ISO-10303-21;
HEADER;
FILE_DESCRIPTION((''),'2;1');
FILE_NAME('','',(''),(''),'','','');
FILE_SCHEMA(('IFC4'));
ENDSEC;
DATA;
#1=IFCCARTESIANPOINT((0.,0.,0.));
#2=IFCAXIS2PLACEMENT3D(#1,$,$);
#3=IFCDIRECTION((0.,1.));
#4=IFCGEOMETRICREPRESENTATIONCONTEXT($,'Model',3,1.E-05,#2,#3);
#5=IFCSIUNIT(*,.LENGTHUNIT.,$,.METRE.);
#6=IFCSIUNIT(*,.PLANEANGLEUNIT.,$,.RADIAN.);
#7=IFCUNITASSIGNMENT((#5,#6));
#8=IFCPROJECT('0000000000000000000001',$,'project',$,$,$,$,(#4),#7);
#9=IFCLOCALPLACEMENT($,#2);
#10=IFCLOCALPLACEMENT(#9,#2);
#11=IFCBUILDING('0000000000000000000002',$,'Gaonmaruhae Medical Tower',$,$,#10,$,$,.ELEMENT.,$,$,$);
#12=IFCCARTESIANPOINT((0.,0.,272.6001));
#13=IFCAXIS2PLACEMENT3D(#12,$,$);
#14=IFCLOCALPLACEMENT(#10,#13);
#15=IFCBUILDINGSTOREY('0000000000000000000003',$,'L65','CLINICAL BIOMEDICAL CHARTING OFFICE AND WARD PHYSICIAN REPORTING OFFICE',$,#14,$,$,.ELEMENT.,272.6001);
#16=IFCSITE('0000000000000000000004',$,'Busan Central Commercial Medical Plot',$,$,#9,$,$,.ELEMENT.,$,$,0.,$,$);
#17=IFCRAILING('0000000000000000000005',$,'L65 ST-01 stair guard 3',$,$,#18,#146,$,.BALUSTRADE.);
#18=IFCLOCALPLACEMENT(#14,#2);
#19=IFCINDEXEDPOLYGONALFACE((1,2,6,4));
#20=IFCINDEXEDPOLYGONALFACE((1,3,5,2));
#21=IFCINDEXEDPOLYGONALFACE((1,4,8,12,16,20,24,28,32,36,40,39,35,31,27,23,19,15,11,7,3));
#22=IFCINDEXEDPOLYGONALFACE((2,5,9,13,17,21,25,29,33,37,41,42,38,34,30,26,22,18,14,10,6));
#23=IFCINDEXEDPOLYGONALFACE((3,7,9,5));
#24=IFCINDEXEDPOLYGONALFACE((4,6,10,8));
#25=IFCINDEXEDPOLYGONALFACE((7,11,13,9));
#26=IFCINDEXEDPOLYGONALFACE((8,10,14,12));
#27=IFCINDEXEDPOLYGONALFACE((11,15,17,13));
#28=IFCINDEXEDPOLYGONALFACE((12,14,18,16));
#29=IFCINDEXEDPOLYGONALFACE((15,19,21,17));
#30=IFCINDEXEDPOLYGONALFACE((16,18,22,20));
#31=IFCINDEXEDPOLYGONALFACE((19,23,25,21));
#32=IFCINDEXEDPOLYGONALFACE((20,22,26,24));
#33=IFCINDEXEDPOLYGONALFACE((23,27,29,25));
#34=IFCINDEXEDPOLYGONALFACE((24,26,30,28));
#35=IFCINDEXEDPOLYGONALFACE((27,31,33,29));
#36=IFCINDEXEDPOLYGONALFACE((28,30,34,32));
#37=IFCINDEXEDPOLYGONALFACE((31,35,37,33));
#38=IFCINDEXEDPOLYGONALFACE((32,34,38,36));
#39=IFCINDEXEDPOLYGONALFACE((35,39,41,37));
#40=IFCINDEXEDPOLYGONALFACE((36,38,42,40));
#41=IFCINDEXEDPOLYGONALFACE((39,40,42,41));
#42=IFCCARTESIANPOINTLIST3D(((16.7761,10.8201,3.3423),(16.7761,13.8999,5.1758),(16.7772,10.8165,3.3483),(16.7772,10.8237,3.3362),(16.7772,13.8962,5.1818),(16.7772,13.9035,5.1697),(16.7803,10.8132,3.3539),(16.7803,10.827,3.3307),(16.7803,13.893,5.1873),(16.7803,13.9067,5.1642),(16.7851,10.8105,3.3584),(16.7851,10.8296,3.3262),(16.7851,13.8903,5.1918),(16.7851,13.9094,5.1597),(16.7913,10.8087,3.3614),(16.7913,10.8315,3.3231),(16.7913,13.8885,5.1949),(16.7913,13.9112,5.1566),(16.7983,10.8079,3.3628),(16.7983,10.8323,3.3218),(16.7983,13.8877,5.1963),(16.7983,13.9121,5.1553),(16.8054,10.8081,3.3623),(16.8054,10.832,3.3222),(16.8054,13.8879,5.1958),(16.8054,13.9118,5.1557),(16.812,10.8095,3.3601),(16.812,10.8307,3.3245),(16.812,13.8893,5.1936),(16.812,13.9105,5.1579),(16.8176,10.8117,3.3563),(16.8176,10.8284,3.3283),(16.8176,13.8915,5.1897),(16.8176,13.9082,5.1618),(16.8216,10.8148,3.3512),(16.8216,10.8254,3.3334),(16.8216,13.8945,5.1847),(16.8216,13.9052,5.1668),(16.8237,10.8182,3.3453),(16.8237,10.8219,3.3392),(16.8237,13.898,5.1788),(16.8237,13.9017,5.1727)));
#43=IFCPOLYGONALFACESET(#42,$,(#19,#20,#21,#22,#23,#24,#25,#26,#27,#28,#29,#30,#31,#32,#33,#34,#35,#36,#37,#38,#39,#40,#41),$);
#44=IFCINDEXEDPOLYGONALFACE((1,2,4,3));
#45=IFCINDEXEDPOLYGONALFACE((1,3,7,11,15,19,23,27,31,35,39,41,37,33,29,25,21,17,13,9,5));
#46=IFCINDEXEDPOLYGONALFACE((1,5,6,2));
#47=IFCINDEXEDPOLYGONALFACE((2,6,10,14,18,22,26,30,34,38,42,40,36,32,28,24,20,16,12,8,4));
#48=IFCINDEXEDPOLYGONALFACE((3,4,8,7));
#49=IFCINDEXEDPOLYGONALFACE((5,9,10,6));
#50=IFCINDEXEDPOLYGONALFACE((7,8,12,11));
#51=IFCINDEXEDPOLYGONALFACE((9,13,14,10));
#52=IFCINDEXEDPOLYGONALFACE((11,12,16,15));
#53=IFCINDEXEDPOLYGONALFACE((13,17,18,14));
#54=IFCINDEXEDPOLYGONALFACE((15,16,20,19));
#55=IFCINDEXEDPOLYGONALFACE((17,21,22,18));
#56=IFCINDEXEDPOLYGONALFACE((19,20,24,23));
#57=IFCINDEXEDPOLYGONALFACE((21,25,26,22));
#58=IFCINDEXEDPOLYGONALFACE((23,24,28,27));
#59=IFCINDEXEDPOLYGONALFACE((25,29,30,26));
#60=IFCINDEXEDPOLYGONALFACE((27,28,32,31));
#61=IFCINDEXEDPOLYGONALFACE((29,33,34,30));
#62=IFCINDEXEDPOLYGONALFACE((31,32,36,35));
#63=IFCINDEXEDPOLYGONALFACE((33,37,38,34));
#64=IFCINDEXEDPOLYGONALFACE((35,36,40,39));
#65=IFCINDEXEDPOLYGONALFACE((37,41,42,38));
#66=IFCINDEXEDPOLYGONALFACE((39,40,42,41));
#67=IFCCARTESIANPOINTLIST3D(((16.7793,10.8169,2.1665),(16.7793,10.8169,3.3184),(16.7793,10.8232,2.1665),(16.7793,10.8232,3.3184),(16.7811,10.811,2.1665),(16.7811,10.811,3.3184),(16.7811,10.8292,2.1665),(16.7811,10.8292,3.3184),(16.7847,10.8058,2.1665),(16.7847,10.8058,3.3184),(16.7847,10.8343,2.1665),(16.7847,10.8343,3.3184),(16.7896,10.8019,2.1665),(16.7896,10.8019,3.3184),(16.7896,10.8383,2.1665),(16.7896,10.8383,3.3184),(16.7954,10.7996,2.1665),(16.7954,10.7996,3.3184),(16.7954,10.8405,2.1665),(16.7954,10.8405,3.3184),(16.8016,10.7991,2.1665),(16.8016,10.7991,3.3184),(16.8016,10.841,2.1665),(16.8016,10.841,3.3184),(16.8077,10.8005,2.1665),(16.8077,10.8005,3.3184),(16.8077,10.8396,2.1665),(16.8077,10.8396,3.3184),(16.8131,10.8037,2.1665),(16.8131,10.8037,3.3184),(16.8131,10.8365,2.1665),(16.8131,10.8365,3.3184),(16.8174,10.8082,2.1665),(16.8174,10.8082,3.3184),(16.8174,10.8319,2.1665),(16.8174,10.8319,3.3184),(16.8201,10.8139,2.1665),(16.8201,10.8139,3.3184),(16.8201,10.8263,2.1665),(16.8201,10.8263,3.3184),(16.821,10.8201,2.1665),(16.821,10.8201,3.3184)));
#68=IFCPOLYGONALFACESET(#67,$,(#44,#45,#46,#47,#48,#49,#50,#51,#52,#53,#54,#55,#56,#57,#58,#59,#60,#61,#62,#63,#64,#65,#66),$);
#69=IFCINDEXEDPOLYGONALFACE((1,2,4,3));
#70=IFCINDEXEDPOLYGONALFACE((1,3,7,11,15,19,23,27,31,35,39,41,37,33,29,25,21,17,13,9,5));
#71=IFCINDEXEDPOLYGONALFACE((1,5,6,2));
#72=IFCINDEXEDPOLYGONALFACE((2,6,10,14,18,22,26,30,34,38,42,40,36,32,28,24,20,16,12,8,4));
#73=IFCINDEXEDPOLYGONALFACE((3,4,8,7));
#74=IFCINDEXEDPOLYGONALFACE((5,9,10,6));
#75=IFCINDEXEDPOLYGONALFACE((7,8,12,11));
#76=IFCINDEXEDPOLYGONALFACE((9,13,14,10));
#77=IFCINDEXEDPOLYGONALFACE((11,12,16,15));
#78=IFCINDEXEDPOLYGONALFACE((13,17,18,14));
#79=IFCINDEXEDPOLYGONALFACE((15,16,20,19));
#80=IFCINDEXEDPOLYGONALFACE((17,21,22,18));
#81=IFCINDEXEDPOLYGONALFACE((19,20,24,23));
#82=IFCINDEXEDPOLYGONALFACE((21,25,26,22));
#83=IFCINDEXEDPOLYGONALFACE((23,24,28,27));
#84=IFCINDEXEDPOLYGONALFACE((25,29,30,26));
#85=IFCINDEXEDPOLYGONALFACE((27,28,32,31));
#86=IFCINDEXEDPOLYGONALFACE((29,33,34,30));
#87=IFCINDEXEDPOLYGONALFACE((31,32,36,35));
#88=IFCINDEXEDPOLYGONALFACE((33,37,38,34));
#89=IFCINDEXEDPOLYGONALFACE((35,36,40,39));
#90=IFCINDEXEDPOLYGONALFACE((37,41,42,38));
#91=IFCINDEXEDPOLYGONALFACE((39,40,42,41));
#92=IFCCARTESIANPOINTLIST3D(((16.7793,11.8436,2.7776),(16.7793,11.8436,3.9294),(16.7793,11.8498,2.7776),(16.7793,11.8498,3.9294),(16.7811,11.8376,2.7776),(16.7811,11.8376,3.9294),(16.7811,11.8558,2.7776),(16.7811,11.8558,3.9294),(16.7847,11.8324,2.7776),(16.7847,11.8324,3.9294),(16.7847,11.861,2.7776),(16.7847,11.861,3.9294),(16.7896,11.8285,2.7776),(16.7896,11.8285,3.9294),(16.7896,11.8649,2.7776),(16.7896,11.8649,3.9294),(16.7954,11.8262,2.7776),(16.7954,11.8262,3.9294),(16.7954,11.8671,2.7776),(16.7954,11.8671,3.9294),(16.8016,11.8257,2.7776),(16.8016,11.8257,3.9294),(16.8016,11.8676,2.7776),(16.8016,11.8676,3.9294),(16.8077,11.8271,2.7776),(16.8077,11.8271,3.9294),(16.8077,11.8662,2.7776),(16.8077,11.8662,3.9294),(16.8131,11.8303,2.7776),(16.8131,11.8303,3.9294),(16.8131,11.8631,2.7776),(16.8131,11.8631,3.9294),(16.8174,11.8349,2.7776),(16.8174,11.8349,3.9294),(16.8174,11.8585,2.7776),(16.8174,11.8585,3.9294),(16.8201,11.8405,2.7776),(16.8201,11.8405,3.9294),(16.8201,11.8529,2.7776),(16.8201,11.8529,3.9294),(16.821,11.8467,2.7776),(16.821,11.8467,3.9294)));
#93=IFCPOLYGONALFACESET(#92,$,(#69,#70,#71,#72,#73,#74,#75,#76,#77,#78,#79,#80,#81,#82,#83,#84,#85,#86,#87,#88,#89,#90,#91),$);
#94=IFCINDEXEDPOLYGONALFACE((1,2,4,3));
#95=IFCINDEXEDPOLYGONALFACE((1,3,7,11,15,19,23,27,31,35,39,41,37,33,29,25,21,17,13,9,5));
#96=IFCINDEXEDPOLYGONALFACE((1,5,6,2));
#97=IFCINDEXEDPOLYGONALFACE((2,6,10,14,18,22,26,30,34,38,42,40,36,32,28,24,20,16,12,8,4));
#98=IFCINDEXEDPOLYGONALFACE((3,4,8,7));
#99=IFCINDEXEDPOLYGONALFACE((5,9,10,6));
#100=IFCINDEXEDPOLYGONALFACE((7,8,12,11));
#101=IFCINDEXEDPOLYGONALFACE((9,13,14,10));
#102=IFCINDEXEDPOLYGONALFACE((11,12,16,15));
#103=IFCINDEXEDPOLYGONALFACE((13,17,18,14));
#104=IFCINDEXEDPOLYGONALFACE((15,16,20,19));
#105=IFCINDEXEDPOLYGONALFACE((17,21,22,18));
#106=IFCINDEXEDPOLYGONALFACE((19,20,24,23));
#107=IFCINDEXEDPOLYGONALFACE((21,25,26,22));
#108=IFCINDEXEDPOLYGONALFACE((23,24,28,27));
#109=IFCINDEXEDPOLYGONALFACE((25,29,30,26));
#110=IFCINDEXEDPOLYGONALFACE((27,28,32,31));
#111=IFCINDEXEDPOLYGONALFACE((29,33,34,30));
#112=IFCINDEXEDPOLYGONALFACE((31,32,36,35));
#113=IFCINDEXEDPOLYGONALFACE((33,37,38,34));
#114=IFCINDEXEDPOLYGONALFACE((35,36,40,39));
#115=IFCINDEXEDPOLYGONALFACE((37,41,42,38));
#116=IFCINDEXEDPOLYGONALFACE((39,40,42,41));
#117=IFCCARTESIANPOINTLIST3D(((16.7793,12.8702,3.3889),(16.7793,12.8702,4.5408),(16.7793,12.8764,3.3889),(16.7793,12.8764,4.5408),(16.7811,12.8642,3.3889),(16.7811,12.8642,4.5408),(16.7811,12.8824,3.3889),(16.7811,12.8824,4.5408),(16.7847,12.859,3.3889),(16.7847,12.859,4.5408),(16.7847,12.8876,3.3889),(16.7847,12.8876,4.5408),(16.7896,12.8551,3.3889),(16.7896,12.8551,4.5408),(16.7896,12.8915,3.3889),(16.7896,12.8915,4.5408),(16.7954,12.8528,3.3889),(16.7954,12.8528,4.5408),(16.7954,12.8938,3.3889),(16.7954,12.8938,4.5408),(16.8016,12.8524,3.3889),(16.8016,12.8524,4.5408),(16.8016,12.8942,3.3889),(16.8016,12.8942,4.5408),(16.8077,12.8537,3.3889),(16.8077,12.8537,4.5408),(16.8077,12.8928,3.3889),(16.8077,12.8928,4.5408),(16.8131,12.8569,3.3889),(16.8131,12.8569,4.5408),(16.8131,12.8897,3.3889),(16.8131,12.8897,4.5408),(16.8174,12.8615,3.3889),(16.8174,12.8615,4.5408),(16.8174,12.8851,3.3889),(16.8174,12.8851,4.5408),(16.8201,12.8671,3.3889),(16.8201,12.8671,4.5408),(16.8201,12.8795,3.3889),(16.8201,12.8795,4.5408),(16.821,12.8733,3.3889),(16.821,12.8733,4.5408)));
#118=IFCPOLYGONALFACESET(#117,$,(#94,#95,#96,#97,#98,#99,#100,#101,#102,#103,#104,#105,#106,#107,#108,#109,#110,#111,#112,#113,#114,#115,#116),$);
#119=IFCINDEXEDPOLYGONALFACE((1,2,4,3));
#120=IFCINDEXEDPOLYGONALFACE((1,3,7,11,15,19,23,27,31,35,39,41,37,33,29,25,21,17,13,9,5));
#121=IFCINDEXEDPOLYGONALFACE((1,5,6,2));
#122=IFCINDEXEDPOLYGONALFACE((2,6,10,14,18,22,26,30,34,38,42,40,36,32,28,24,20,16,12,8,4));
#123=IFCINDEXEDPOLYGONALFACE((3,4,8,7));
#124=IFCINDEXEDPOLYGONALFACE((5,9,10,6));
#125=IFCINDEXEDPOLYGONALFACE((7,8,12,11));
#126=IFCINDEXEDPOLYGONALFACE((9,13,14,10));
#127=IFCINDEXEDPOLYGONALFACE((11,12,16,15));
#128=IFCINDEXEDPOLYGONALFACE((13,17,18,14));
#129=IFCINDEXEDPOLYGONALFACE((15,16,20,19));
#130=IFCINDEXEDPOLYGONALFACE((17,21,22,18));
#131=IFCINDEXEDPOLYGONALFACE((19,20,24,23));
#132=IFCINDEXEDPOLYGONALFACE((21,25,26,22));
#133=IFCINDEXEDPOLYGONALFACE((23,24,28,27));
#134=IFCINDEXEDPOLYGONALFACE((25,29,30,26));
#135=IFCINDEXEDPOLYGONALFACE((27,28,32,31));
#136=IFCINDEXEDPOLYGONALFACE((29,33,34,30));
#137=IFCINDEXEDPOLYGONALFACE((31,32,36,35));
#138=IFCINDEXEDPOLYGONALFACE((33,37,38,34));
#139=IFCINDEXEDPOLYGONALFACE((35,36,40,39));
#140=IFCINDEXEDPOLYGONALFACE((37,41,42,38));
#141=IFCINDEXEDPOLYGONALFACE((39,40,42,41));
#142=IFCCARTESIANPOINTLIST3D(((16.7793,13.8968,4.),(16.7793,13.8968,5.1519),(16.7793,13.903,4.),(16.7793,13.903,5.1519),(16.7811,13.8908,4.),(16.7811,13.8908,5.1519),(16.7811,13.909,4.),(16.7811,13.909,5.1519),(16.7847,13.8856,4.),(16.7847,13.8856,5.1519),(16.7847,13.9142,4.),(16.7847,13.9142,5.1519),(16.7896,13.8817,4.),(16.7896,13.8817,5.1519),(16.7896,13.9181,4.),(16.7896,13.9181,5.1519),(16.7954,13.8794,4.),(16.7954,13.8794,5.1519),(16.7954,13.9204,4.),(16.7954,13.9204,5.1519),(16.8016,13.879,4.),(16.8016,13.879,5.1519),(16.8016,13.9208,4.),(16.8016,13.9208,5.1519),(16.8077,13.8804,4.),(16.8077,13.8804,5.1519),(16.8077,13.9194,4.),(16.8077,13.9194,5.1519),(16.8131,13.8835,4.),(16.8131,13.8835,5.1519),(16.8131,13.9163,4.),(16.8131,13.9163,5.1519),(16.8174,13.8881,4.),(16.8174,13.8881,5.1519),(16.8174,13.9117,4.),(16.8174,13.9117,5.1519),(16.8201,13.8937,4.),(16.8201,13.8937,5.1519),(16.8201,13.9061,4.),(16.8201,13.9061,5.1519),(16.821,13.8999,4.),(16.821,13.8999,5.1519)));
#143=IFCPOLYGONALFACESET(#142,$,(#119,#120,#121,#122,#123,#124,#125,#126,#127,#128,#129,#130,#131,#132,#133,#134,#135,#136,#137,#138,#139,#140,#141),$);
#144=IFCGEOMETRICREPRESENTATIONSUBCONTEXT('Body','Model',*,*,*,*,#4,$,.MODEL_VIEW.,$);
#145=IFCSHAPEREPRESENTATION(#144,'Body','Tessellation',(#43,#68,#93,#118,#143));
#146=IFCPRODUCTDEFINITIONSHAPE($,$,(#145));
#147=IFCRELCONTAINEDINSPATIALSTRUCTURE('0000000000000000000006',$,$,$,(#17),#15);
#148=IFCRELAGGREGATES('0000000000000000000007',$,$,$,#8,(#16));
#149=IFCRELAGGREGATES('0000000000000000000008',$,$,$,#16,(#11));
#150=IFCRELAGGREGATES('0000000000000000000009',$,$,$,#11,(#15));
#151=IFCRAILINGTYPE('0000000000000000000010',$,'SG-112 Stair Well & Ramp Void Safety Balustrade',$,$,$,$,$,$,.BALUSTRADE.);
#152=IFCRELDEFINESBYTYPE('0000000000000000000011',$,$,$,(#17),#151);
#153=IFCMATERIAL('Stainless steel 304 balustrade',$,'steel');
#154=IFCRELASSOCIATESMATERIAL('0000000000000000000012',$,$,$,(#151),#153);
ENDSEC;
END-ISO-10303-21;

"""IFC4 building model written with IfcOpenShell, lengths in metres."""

from ifc_helpers import new_model, si_unit, direction, frame, origin, origin_2d, place, context, subcontext, project, spatial, circle, extrude, material, type_object, element, save


model = new_model("IFC4")

# Units and contexts
model_context = context("Model", 3, precision=1e-05, world=origin(), true_north=direction((0.0, 1.0)))
body_context = subcontext(model_context, "Body", "Model", "MODEL_VIEW")
ifc_project = project(units=[si_unit("LENGTHUNIT", "METRE"), si_unit("PLANEANGLEUNIT", "RADIAN")], contexts=[model_context])

# Site, building, storey
site_placement = place(None, origin())
site = spatial("IfcSite", under=ifc_project, at=site_placement, Name="Busan Central Commercial Medical Plot", CompositionType="ELEMENT", RefElevation=0.0)
building_placement = place(site_placement, origin())
building = spatial("IfcBuilding", under=site, at=building_placement, Name="Gaonmaruhae Medical Tower", CompositionType="ELEMENT")
storey_placement = place(building_placement, frame((0.0, 0.0, 272.6001)))
storey = spatial("IfcBuildingStorey", under=building, at=storey_placement, Name="L65", Description="CLINICAL BIOMEDICAL CHARTING OFFICE AND WARD PHYSICIAN REPORTING OFFICE", CompositionType="ELEMENT", Elevation=272.6001)

# Railing
ifc_material_1 = material(Name="Stainless steel 304 balustrade", Category="steel")
railing_type_1 = type_object("IfcRailingType", Name="SG-112 Stair Well & Ramp Void Safety Balustrade", PredefinedType="BALUSTRADE", material=ifc_material_1)
railing_1_placement = place(storey_placement, frame((16.8, 10.8201, 2.1665)))
element("IfcRailing", 1, at=railing_1_placement, inside=storey, type_object=railing_type_1, Name="L65 ST-01 stair guard 3", PredefinedType="BALUSTRADE", context=body_context, shape_type="SweptSolid", body=[
    extrude(circle(Radius=0.0239, at=origin_2d()), frame((0.0, 0.0, 1.1758), z_axis=(0.0, 0.859261, 0.511538), x_axis=(-1.0, 0.0, 0.0)), (0.0, 0.0, 1.0), 3.5842),
    extrude(circle(Radius=0.021, at=origin_2d()), origin(), (0.0, 0.0, 1.0), 1.1519),
    extrude(circle(Radius=0.021, at=origin_2d()), frame((0.0, 1.0266, 0.6111)), (0.0, 0.0, 1.0), 1.1519),
    extrude(circle(Radius=0.021, at=origin_2d()), frame((0.0, 2.0532, 1.2224)), (0.0, 0.0, 1.0), 1.1519),
    extrude(circle(Radius=0.021, at=origin_2d()), frame((0.0, 3.0798, 1.8335)), (0.0, 0.0, 1.0), 1.1519),
])

save(model, "model.ifc")
